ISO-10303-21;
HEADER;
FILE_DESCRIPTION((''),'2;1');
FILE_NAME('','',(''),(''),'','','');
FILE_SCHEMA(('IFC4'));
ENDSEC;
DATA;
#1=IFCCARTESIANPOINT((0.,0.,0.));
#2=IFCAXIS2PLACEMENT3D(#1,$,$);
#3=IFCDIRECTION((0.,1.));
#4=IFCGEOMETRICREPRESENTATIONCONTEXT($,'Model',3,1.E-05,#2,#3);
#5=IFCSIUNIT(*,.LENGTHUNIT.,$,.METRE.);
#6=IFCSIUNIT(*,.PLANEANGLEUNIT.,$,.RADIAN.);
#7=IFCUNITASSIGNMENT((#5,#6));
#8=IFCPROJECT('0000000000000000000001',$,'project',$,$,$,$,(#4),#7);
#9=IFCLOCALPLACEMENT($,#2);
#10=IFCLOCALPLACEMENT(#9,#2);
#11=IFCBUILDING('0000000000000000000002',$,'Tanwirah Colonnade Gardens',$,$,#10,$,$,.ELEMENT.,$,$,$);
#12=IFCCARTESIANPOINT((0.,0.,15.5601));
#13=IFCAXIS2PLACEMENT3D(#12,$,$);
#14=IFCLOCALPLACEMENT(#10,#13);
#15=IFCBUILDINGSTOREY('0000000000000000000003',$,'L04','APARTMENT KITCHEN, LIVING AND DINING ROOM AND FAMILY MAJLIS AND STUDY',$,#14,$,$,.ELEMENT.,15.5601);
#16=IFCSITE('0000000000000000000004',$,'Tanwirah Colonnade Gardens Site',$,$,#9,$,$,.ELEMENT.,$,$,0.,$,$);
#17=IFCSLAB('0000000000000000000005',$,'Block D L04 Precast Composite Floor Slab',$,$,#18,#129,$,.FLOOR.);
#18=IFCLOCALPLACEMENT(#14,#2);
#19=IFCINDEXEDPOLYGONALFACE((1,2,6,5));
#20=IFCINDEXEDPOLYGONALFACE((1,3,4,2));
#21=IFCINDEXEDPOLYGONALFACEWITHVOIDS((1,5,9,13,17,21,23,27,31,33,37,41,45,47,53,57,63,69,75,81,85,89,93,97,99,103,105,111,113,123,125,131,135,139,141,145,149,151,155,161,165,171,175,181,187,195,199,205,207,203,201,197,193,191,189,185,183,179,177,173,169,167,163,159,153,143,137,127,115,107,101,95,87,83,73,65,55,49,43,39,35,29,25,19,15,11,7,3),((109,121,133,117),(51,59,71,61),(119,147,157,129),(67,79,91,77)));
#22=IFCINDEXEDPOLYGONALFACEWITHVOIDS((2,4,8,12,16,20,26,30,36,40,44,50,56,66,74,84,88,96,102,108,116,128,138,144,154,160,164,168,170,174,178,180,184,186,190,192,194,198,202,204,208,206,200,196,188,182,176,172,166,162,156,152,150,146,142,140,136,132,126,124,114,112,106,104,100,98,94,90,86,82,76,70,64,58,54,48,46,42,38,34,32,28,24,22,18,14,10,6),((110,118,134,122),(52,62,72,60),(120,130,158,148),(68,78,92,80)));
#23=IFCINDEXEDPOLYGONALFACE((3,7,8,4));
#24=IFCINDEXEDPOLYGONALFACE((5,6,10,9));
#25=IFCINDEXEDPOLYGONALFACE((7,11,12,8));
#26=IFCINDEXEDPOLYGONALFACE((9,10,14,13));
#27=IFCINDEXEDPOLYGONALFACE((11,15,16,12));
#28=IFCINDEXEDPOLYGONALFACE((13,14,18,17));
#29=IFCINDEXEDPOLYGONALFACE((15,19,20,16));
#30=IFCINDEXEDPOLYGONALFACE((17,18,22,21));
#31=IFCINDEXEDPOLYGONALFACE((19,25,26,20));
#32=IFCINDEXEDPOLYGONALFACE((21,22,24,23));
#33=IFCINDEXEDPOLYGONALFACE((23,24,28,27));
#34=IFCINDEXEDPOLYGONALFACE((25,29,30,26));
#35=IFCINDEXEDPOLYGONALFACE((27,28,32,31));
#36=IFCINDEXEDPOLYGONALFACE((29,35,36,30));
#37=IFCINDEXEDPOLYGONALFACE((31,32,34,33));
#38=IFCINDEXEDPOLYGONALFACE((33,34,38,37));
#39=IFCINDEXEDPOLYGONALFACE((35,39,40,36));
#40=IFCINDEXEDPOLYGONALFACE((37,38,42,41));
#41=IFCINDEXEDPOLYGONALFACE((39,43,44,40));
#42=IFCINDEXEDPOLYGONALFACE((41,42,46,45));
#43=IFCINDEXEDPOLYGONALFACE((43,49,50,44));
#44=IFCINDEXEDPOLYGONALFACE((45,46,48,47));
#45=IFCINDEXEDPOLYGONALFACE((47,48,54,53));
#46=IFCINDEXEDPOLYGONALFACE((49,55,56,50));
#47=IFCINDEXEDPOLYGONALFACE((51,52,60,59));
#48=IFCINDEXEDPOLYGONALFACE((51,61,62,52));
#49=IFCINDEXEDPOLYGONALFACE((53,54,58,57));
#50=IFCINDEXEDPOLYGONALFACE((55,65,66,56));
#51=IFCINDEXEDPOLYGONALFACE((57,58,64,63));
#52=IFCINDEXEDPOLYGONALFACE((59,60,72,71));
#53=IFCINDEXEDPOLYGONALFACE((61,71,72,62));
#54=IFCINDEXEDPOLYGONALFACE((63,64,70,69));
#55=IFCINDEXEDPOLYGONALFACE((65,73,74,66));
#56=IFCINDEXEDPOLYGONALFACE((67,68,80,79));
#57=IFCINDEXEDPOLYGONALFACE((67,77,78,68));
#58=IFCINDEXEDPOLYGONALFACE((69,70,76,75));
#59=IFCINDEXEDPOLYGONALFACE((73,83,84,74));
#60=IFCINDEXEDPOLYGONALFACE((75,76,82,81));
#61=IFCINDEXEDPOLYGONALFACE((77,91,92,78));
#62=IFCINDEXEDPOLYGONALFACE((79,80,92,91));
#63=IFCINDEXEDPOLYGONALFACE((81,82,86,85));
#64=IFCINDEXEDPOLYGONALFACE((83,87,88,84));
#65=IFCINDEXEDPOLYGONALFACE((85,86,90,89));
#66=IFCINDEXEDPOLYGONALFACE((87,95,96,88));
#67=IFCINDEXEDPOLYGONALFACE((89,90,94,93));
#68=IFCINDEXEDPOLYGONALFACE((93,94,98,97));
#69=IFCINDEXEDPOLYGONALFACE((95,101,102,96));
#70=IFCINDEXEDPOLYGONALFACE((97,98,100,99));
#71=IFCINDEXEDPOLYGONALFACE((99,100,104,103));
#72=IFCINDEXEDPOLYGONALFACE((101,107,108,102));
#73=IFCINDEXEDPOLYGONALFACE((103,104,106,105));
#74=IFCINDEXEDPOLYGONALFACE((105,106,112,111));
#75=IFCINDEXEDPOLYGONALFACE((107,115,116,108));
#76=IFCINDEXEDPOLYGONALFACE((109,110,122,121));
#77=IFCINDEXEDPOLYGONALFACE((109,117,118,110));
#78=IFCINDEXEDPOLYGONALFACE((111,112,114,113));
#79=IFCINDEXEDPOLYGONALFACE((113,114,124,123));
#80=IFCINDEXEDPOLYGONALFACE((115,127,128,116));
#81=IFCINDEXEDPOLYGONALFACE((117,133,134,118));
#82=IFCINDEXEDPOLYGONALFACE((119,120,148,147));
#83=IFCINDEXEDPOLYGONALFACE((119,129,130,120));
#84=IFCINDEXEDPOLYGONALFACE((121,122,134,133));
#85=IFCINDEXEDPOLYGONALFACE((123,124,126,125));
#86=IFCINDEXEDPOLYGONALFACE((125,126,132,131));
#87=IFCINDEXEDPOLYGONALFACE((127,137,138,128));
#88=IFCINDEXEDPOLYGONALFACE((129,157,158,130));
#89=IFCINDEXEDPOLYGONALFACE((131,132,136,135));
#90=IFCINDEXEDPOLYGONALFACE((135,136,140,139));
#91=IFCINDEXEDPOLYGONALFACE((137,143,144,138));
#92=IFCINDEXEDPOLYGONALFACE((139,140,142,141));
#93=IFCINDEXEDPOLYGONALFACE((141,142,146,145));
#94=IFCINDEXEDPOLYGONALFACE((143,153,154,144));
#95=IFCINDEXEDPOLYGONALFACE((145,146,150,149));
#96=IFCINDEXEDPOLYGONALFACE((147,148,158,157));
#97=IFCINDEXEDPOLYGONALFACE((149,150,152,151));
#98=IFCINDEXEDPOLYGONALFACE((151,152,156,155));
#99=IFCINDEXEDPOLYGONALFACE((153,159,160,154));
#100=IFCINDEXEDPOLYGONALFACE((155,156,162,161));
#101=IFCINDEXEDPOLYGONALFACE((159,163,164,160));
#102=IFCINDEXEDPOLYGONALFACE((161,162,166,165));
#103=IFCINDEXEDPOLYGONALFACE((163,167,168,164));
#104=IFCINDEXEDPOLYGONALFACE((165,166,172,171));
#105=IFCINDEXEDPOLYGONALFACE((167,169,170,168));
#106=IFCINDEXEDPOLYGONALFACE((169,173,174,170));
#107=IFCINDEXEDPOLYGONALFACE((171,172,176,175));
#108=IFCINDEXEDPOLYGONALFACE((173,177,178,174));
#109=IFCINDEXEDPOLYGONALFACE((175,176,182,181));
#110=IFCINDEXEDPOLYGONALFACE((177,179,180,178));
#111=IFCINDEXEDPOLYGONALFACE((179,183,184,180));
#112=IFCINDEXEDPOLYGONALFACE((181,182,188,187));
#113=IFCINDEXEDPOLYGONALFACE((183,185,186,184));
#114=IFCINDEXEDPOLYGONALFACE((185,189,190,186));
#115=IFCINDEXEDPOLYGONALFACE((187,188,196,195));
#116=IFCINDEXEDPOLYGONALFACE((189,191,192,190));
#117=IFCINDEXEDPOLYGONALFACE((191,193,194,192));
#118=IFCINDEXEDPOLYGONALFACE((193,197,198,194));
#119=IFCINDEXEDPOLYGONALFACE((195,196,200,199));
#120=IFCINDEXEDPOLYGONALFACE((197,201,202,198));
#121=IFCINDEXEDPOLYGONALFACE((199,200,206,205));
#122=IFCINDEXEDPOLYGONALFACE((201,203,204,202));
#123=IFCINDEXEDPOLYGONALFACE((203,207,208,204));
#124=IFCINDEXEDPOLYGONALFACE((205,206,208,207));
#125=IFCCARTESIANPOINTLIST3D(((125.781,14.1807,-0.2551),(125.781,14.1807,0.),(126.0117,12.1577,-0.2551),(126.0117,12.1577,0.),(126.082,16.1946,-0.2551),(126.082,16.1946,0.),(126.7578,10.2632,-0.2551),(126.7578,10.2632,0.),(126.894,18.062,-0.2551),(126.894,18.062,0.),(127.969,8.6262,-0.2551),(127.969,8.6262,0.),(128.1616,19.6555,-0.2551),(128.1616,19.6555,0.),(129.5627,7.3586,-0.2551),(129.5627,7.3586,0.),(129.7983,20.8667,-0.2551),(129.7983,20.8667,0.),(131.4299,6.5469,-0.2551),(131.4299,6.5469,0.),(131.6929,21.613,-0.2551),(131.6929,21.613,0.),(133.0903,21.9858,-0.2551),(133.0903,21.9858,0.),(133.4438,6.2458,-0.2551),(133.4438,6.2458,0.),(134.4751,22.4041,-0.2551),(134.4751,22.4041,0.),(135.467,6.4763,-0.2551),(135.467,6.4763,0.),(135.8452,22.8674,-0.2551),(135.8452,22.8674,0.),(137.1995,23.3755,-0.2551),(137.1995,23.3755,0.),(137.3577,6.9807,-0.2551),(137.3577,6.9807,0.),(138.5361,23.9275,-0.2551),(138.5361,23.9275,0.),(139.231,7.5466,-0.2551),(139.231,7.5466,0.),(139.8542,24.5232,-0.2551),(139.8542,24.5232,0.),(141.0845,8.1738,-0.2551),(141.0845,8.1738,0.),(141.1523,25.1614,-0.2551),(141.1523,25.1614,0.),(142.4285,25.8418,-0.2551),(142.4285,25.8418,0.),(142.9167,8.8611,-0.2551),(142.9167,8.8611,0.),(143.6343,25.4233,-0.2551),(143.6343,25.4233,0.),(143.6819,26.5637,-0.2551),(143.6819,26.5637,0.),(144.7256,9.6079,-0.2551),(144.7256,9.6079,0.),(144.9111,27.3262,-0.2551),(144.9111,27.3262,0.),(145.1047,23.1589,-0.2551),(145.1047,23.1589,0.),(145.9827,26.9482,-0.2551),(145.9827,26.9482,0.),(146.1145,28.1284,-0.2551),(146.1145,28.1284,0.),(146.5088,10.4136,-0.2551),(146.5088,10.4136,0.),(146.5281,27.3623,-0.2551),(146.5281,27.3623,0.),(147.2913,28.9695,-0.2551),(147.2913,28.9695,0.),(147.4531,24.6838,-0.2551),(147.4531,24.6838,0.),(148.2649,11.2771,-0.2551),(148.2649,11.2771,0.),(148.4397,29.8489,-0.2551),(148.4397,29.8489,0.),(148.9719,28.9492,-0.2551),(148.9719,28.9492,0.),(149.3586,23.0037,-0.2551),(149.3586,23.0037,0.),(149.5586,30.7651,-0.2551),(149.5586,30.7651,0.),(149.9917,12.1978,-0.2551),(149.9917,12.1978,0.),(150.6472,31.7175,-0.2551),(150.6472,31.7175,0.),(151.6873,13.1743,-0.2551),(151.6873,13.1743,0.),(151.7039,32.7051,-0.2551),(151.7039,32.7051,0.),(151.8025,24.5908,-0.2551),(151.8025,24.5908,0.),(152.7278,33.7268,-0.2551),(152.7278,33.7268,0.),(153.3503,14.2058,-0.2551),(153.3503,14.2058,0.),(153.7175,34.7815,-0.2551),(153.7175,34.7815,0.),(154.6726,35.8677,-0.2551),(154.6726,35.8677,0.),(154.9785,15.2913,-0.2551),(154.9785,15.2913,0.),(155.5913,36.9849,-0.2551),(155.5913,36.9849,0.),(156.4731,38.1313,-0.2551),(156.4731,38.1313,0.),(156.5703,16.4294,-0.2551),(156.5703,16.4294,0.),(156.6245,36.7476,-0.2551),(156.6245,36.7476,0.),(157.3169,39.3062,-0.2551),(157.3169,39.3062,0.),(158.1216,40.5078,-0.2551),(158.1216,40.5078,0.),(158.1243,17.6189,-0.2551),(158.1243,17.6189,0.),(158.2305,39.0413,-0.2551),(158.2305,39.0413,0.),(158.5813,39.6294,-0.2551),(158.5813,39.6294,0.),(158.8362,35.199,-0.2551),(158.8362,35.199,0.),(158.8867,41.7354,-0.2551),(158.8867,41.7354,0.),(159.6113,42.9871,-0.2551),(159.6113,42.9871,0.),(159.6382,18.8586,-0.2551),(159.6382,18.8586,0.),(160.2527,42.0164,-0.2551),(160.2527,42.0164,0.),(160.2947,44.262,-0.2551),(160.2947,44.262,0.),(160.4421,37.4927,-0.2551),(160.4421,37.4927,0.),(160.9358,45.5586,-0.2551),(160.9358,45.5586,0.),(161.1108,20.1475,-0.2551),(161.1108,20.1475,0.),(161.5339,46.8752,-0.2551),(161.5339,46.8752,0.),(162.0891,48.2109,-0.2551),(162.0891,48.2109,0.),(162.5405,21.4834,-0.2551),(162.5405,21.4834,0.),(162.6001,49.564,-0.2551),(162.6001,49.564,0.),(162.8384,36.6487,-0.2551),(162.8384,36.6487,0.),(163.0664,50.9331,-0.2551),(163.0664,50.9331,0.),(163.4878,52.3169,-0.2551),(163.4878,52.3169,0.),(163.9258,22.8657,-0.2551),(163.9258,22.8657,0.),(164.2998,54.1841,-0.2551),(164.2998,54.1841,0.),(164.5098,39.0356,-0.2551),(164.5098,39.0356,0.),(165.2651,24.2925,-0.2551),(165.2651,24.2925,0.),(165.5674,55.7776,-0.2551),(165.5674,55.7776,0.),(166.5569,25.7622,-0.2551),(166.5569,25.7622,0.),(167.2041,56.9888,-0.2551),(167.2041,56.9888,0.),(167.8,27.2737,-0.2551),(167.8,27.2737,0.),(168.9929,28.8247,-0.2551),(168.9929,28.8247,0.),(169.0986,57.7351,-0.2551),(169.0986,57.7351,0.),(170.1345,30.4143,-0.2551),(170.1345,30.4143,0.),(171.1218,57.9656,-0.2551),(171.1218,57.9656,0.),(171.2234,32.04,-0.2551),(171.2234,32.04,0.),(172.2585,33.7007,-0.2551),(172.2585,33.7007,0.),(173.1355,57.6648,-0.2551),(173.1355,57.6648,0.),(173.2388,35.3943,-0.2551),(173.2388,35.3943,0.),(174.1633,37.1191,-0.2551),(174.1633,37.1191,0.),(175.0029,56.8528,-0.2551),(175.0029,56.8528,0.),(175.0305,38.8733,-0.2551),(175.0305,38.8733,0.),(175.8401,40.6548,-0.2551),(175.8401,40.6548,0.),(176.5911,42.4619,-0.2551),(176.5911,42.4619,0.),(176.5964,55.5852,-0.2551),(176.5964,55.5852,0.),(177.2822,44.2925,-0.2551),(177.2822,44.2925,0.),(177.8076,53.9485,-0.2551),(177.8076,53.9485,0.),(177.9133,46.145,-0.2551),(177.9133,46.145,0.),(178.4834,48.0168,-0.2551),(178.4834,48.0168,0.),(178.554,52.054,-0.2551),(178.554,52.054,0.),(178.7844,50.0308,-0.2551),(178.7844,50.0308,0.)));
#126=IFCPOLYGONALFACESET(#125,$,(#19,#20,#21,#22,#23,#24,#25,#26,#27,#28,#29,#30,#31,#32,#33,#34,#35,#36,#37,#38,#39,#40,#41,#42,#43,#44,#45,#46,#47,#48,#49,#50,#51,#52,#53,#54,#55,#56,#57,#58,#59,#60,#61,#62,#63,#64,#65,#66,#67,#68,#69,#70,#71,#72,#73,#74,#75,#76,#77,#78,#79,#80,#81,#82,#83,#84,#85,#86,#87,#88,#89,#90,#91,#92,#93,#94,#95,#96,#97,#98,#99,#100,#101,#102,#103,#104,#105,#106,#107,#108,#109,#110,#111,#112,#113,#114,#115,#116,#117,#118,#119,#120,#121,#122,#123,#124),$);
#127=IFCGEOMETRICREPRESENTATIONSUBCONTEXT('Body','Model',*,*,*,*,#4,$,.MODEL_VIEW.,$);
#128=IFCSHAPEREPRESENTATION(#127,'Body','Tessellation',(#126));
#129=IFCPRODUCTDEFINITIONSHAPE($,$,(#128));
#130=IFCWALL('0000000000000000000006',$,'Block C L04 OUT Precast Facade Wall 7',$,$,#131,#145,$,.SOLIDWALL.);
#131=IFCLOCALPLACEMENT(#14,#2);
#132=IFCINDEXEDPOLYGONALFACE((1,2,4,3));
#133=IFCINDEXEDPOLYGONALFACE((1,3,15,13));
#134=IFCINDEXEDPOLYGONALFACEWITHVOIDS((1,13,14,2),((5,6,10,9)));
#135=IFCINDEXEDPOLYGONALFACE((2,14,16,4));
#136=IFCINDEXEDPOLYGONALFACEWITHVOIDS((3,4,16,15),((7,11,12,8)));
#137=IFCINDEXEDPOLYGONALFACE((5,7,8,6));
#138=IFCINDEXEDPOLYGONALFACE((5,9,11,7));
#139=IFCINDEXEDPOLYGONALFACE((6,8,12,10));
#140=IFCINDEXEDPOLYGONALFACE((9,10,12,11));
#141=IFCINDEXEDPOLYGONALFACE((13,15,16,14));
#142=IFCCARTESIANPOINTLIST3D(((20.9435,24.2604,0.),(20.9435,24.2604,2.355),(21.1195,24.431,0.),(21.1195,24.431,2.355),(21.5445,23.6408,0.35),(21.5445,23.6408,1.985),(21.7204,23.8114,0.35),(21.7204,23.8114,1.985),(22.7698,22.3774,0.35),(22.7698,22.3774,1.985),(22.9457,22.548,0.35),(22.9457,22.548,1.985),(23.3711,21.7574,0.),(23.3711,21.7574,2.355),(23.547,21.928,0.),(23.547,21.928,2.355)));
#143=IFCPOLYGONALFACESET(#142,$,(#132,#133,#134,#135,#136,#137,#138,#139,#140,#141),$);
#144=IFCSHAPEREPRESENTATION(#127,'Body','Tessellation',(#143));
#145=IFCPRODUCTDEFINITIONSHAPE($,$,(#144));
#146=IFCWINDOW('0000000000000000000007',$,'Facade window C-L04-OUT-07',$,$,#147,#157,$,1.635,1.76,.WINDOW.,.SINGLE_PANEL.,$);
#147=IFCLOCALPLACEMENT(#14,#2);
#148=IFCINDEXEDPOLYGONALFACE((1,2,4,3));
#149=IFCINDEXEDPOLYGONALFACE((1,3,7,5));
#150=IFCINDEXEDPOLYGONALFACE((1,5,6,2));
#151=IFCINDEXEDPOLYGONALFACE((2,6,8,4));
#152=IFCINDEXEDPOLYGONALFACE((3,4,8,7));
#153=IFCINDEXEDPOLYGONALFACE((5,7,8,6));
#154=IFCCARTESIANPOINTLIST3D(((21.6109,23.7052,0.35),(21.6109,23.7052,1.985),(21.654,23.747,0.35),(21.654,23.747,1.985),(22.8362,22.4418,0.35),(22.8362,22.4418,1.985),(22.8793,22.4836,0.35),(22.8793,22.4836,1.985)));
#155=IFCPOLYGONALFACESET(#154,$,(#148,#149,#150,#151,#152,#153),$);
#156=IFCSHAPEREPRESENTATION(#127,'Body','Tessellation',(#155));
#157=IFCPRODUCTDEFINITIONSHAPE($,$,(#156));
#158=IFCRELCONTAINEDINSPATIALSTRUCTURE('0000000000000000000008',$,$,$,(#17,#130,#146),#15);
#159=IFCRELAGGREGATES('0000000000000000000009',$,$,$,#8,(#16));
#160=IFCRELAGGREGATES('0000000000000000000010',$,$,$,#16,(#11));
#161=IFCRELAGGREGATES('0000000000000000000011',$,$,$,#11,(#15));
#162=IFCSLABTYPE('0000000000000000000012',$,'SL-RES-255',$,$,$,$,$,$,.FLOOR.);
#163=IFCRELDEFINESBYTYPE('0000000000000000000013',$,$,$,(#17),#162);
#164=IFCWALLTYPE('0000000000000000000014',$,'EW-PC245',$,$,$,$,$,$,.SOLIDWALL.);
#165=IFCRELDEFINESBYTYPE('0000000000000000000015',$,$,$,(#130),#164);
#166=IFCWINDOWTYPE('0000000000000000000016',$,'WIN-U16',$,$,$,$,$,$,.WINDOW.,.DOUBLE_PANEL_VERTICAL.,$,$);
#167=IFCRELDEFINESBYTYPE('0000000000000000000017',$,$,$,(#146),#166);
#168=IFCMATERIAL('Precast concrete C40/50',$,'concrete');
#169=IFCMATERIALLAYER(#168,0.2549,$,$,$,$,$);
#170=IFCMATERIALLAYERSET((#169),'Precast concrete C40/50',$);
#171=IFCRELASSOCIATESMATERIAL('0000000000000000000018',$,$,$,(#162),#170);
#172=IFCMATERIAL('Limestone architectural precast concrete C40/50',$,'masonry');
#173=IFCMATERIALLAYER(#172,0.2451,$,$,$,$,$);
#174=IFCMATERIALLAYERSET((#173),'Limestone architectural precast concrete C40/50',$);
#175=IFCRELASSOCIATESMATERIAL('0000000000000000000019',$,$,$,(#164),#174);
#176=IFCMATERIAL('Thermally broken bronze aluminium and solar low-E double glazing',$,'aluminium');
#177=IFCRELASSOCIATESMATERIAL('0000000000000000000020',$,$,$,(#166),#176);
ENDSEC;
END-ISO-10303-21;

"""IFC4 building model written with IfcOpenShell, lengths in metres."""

from ifc_helpers import new_model, si_unit, direction, frame, frame_2d, origin, place, context, subcontext, project, spatial, polyline, rectangle, outline, extrude, material, layer, layer_set, type_object, element, fill, save


model = new_model("IFC4")

# Units and contexts
model_context = context("Model", 3, precision=1e-05, world=origin(), true_north=direction((0.0, 1.0)))
body_context = subcontext(model_context, "Body", "Model", "MODEL_VIEW")
ifc_project = project(units=[si_unit("LENGTHUNIT", "METRE"), si_unit("PLANEANGLEUNIT", "RADIAN")], contexts=[model_context])

# Site, building, storey
site_placement = place(None, origin())
site = spatial("IfcSite", under=ifc_project, at=site_placement, Name="Tanwirah Colonnade Gardens Site", CompositionType="ELEMENT", RefElevation=0.0)
building_placement = place(site_placement, origin())
building = spatial("IfcBuilding", under=site, at=building_placement, Name="Tanwirah Colonnade Gardens", CompositionType="ELEMENT")
storey_placement = place(building_placement, frame((0.0, 0.0, 15.5601)))
storey = spatial("IfcBuildingStorey", under=building, at=storey_placement, Name="L04", Description="APARTMENT KITCHEN, LIVING AND DINING ROOM AND FAMILY MAJLIS AND STUDY", CompositionType="ELEMENT", Elevation=15.5601)

# Shared definitions
ifc_material_1 = material(Name="Precast concrete C40/50", Category="concrete")

# Slab
ifc_layer_1 = layer(ifc_material_1, 0.2549)
ifc_layer_set_1 = layer_set([ifc_layer_1], Name="Precast concrete C40/50")
slab_type_1 = type_object("IfcSlabType", Name="SL-RES-255", PredefinedType="FLOOR", material=ifc_layer_set_1)
slab_1_placement = place(storey_placement, frame((0.0, 0.0, -0.2551)))
element("IfcSlab", 1, at=slab_1_placement, inside=storey, type_object=slab_type_1, Name="Block D L04 Precast Composite Floor Slab", PredefinedType="FLOOR", context=body_context, shape_type="SweptSolid", body=[
    extrude(outline(polyline([(134.4751, 22.4041), (133.0903, 21.9858), (131.6929, 21.613), (129.7983, 20.8667), (128.1616, 19.6555), (126.894, 18.062), (126.082, 16.1946), (125.781, 14.1807), (126.0117, 12.1577), (126.7578, 10.2632), (127.969, 8.6262), (129.5627, 7.3586), (131.4299, 6.5469), (133.4438, 6.2458), (135.467, 6.4763), (137.3577, 6.9807), (139.231, 7.5466), (141.0845, 8.1738), (142.9167, 8.8611), (144.7256, 9.6079), (146.5088, 10.4136), (148.2649, 11.2771), (149.9917, 12.1978), (151.6873, 13.1743), (153.3503, 14.2058), (154.9785, 15.2913), (156.5703, 16.4294), (158.1243, 17.6189), (159.6382, 18.8586), (161.1108, 20.1475), (162.5405, 21.4834), (163.9258, 22.8657), (165.2651, 24.2925), (166.5569, 25.7622), (167.8, 27.2737), (168.9929, 28.8247), (170.1345, 30.4143), (171.2234, 32.04), (172.2585, 33.7007), (173.2388, 35.3943), (174.1633, 37.1191), (175.0305, 38.8733), (175.8401, 40.6548), (176.5911, 42.4619), (177.2822, 44.2925), (177.9133, 46.145), (178.4834, 48.0168), (178.7844, 50.0308), (178.554, 52.054), (177.8076, 53.9485), (176.5964, 55.5852), (175.0029, 56.8528), (173.1355, 57.6648), (171.1218, 57.9656), (169.0986, 57.7351), (167.2041, 56.9888), (165.5674, 55.7776), (164.2998, 54.1841), (163.4878, 52.3169), (163.0664, 50.9331), (162.6001, 49.564), (162.0891, 48.2109), (161.5339, 46.8752), (160.9358, 45.5586), (160.2947, 44.262), (159.6113, 42.9871), (158.8867, 41.7354), (158.1216, 40.5078), (157.3169, 39.3062), (156.4731, 38.1313), (155.5913, 36.9849), (154.6726, 35.8677), (153.7175, 34.7815), (152.7278, 33.7268), (151.7039, 32.7051), (150.6472, 31.7175), (149.5586, 30.7651), (148.4397, 29.8489), (147.2913, 28.9695), (146.1145, 28.1284), (144.9111, 27.3262), (143.6819, 26.5637), (142.4285, 25.8418), (141.1523, 25.1614), (139.8542, 24.5232), (138.5361, 23.9275), (137.1995, 23.3755), (135.8452, 22.8674), (134.4751, 22.4041)]), holes=[polyline([(149.3586, 23.0037), (146.5281, 27.3623), (148.9719, 28.9492), (151.8025, 24.5908), (149.3586, 23.0037)]), polyline([(143.6343, 25.4233), (145.9827, 26.9482), (147.4531, 24.6838), (145.1047, 23.1589), (143.6343, 25.4233)]), polyline([(160.2527, 42.0164), (164.5098, 39.0356), (162.8384, 36.6487), (158.5813, 39.6294), (160.2527, 42.0164)]), polyline([(160.4421, 37.4927), (158.8362, 35.199), (156.6245, 36.7476), (158.2305, 39.0413), (160.4421, 37.4927)])]), origin(), (0.0, 0.0, 1.0), 0.2551),
])

# Shared definitions
ifc_material_2 = material(Name="Limestone architectural precast concrete C40/50", Category="masonry")
ifc_layer_2 = layer(ifc_material_2, 0.2451)
ifc_layer_set_2 = layer_set([ifc_layer_2], Name="Limestone architectural precast concrete C40/50")
wall_type = type_object("IfcWallType", Name="EW-PC245", PredefinedType="SOLIDWALL", material=ifc_layer_set_2)

# Wall, opening, window
wall_1_placement = place(storey_placement, frame((21.0315, 24.3457, 0.0), z_axis=(0.0, 0.0, 1.0), x_axis=(0.696206, -0.717842, 0.0)))
wall_1 = element("IfcWall", 2, at=wall_1_placement, inside=storey, type_object=wall_type, Name="Block C L04 OUT Precast Facade Wall 7", PredefinedType="SOLIDWALL", context=body_context, shape_type="SweptSolid", body=[
    extrude(rectangle(XDim=3.4868, YDim=0.2451, at=frame_2d((1.7434, 0.0))), origin(), (0.0, 0.0, 1.0), 2.355),
])
opening_1_placement = place(wall_1_placement, frame((0.8633, 0.0, 0.3501)))
opening_1 = element("IfcOpeningElement", 3, at=opening_1_placement, cuts=wall_1, PredefinedType="OPENING", context=body_context, shape_type="SweptSolid", body=[
    extrude(rectangle(XDim=1.76, YDim=1.635, at=frame_2d((0.8799, 0.8174))), frame((0.0, 0.1326, 0.0), z_axis=(0.0, -1.0, 0.0), x_axis=(1.0, 0.0, 0.0)), (0.0, 0.0, 1.0), 0.2651),
])
ifc_material_3 = material(Name="Thermally broken bronze aluminium and solar low-E double glazing", Category="aluminium")
window_type = type_object("IfcWindowType", Name="WIN-U16", PartitioningType="DOUBLE_PANEL_VERTICAL", PredefinedType="WINDOW", material=ifc_material_3)
window_placement = place(opening_1_placement, origin())
window = element("IfcWindow", 4, at=window_placement, inside=storey, type_object=window_type, Name="Facade window C-L04-OUT-07", OverallHeight=1.635, OverallWidth=1.76, PartitioningType="SINGLE_PANEL", PredefinedType="WINDOW", context=body_context, shape_type="SweptSolid", body=[
    extrude(rectangle(XDim=1.76, YDim=1.635, at=frame_2d((0.8799, 0.8174))), frame((0.0, 0.03, 0.0), z_axis=(0.0, -1.0, 0.0), x_axis=(1.0, 0.0, 0.0)), (0.0, 0.0, 1.0), 0.0601),
])
fill(opening_1, window)

save(model, "model.ifc")
